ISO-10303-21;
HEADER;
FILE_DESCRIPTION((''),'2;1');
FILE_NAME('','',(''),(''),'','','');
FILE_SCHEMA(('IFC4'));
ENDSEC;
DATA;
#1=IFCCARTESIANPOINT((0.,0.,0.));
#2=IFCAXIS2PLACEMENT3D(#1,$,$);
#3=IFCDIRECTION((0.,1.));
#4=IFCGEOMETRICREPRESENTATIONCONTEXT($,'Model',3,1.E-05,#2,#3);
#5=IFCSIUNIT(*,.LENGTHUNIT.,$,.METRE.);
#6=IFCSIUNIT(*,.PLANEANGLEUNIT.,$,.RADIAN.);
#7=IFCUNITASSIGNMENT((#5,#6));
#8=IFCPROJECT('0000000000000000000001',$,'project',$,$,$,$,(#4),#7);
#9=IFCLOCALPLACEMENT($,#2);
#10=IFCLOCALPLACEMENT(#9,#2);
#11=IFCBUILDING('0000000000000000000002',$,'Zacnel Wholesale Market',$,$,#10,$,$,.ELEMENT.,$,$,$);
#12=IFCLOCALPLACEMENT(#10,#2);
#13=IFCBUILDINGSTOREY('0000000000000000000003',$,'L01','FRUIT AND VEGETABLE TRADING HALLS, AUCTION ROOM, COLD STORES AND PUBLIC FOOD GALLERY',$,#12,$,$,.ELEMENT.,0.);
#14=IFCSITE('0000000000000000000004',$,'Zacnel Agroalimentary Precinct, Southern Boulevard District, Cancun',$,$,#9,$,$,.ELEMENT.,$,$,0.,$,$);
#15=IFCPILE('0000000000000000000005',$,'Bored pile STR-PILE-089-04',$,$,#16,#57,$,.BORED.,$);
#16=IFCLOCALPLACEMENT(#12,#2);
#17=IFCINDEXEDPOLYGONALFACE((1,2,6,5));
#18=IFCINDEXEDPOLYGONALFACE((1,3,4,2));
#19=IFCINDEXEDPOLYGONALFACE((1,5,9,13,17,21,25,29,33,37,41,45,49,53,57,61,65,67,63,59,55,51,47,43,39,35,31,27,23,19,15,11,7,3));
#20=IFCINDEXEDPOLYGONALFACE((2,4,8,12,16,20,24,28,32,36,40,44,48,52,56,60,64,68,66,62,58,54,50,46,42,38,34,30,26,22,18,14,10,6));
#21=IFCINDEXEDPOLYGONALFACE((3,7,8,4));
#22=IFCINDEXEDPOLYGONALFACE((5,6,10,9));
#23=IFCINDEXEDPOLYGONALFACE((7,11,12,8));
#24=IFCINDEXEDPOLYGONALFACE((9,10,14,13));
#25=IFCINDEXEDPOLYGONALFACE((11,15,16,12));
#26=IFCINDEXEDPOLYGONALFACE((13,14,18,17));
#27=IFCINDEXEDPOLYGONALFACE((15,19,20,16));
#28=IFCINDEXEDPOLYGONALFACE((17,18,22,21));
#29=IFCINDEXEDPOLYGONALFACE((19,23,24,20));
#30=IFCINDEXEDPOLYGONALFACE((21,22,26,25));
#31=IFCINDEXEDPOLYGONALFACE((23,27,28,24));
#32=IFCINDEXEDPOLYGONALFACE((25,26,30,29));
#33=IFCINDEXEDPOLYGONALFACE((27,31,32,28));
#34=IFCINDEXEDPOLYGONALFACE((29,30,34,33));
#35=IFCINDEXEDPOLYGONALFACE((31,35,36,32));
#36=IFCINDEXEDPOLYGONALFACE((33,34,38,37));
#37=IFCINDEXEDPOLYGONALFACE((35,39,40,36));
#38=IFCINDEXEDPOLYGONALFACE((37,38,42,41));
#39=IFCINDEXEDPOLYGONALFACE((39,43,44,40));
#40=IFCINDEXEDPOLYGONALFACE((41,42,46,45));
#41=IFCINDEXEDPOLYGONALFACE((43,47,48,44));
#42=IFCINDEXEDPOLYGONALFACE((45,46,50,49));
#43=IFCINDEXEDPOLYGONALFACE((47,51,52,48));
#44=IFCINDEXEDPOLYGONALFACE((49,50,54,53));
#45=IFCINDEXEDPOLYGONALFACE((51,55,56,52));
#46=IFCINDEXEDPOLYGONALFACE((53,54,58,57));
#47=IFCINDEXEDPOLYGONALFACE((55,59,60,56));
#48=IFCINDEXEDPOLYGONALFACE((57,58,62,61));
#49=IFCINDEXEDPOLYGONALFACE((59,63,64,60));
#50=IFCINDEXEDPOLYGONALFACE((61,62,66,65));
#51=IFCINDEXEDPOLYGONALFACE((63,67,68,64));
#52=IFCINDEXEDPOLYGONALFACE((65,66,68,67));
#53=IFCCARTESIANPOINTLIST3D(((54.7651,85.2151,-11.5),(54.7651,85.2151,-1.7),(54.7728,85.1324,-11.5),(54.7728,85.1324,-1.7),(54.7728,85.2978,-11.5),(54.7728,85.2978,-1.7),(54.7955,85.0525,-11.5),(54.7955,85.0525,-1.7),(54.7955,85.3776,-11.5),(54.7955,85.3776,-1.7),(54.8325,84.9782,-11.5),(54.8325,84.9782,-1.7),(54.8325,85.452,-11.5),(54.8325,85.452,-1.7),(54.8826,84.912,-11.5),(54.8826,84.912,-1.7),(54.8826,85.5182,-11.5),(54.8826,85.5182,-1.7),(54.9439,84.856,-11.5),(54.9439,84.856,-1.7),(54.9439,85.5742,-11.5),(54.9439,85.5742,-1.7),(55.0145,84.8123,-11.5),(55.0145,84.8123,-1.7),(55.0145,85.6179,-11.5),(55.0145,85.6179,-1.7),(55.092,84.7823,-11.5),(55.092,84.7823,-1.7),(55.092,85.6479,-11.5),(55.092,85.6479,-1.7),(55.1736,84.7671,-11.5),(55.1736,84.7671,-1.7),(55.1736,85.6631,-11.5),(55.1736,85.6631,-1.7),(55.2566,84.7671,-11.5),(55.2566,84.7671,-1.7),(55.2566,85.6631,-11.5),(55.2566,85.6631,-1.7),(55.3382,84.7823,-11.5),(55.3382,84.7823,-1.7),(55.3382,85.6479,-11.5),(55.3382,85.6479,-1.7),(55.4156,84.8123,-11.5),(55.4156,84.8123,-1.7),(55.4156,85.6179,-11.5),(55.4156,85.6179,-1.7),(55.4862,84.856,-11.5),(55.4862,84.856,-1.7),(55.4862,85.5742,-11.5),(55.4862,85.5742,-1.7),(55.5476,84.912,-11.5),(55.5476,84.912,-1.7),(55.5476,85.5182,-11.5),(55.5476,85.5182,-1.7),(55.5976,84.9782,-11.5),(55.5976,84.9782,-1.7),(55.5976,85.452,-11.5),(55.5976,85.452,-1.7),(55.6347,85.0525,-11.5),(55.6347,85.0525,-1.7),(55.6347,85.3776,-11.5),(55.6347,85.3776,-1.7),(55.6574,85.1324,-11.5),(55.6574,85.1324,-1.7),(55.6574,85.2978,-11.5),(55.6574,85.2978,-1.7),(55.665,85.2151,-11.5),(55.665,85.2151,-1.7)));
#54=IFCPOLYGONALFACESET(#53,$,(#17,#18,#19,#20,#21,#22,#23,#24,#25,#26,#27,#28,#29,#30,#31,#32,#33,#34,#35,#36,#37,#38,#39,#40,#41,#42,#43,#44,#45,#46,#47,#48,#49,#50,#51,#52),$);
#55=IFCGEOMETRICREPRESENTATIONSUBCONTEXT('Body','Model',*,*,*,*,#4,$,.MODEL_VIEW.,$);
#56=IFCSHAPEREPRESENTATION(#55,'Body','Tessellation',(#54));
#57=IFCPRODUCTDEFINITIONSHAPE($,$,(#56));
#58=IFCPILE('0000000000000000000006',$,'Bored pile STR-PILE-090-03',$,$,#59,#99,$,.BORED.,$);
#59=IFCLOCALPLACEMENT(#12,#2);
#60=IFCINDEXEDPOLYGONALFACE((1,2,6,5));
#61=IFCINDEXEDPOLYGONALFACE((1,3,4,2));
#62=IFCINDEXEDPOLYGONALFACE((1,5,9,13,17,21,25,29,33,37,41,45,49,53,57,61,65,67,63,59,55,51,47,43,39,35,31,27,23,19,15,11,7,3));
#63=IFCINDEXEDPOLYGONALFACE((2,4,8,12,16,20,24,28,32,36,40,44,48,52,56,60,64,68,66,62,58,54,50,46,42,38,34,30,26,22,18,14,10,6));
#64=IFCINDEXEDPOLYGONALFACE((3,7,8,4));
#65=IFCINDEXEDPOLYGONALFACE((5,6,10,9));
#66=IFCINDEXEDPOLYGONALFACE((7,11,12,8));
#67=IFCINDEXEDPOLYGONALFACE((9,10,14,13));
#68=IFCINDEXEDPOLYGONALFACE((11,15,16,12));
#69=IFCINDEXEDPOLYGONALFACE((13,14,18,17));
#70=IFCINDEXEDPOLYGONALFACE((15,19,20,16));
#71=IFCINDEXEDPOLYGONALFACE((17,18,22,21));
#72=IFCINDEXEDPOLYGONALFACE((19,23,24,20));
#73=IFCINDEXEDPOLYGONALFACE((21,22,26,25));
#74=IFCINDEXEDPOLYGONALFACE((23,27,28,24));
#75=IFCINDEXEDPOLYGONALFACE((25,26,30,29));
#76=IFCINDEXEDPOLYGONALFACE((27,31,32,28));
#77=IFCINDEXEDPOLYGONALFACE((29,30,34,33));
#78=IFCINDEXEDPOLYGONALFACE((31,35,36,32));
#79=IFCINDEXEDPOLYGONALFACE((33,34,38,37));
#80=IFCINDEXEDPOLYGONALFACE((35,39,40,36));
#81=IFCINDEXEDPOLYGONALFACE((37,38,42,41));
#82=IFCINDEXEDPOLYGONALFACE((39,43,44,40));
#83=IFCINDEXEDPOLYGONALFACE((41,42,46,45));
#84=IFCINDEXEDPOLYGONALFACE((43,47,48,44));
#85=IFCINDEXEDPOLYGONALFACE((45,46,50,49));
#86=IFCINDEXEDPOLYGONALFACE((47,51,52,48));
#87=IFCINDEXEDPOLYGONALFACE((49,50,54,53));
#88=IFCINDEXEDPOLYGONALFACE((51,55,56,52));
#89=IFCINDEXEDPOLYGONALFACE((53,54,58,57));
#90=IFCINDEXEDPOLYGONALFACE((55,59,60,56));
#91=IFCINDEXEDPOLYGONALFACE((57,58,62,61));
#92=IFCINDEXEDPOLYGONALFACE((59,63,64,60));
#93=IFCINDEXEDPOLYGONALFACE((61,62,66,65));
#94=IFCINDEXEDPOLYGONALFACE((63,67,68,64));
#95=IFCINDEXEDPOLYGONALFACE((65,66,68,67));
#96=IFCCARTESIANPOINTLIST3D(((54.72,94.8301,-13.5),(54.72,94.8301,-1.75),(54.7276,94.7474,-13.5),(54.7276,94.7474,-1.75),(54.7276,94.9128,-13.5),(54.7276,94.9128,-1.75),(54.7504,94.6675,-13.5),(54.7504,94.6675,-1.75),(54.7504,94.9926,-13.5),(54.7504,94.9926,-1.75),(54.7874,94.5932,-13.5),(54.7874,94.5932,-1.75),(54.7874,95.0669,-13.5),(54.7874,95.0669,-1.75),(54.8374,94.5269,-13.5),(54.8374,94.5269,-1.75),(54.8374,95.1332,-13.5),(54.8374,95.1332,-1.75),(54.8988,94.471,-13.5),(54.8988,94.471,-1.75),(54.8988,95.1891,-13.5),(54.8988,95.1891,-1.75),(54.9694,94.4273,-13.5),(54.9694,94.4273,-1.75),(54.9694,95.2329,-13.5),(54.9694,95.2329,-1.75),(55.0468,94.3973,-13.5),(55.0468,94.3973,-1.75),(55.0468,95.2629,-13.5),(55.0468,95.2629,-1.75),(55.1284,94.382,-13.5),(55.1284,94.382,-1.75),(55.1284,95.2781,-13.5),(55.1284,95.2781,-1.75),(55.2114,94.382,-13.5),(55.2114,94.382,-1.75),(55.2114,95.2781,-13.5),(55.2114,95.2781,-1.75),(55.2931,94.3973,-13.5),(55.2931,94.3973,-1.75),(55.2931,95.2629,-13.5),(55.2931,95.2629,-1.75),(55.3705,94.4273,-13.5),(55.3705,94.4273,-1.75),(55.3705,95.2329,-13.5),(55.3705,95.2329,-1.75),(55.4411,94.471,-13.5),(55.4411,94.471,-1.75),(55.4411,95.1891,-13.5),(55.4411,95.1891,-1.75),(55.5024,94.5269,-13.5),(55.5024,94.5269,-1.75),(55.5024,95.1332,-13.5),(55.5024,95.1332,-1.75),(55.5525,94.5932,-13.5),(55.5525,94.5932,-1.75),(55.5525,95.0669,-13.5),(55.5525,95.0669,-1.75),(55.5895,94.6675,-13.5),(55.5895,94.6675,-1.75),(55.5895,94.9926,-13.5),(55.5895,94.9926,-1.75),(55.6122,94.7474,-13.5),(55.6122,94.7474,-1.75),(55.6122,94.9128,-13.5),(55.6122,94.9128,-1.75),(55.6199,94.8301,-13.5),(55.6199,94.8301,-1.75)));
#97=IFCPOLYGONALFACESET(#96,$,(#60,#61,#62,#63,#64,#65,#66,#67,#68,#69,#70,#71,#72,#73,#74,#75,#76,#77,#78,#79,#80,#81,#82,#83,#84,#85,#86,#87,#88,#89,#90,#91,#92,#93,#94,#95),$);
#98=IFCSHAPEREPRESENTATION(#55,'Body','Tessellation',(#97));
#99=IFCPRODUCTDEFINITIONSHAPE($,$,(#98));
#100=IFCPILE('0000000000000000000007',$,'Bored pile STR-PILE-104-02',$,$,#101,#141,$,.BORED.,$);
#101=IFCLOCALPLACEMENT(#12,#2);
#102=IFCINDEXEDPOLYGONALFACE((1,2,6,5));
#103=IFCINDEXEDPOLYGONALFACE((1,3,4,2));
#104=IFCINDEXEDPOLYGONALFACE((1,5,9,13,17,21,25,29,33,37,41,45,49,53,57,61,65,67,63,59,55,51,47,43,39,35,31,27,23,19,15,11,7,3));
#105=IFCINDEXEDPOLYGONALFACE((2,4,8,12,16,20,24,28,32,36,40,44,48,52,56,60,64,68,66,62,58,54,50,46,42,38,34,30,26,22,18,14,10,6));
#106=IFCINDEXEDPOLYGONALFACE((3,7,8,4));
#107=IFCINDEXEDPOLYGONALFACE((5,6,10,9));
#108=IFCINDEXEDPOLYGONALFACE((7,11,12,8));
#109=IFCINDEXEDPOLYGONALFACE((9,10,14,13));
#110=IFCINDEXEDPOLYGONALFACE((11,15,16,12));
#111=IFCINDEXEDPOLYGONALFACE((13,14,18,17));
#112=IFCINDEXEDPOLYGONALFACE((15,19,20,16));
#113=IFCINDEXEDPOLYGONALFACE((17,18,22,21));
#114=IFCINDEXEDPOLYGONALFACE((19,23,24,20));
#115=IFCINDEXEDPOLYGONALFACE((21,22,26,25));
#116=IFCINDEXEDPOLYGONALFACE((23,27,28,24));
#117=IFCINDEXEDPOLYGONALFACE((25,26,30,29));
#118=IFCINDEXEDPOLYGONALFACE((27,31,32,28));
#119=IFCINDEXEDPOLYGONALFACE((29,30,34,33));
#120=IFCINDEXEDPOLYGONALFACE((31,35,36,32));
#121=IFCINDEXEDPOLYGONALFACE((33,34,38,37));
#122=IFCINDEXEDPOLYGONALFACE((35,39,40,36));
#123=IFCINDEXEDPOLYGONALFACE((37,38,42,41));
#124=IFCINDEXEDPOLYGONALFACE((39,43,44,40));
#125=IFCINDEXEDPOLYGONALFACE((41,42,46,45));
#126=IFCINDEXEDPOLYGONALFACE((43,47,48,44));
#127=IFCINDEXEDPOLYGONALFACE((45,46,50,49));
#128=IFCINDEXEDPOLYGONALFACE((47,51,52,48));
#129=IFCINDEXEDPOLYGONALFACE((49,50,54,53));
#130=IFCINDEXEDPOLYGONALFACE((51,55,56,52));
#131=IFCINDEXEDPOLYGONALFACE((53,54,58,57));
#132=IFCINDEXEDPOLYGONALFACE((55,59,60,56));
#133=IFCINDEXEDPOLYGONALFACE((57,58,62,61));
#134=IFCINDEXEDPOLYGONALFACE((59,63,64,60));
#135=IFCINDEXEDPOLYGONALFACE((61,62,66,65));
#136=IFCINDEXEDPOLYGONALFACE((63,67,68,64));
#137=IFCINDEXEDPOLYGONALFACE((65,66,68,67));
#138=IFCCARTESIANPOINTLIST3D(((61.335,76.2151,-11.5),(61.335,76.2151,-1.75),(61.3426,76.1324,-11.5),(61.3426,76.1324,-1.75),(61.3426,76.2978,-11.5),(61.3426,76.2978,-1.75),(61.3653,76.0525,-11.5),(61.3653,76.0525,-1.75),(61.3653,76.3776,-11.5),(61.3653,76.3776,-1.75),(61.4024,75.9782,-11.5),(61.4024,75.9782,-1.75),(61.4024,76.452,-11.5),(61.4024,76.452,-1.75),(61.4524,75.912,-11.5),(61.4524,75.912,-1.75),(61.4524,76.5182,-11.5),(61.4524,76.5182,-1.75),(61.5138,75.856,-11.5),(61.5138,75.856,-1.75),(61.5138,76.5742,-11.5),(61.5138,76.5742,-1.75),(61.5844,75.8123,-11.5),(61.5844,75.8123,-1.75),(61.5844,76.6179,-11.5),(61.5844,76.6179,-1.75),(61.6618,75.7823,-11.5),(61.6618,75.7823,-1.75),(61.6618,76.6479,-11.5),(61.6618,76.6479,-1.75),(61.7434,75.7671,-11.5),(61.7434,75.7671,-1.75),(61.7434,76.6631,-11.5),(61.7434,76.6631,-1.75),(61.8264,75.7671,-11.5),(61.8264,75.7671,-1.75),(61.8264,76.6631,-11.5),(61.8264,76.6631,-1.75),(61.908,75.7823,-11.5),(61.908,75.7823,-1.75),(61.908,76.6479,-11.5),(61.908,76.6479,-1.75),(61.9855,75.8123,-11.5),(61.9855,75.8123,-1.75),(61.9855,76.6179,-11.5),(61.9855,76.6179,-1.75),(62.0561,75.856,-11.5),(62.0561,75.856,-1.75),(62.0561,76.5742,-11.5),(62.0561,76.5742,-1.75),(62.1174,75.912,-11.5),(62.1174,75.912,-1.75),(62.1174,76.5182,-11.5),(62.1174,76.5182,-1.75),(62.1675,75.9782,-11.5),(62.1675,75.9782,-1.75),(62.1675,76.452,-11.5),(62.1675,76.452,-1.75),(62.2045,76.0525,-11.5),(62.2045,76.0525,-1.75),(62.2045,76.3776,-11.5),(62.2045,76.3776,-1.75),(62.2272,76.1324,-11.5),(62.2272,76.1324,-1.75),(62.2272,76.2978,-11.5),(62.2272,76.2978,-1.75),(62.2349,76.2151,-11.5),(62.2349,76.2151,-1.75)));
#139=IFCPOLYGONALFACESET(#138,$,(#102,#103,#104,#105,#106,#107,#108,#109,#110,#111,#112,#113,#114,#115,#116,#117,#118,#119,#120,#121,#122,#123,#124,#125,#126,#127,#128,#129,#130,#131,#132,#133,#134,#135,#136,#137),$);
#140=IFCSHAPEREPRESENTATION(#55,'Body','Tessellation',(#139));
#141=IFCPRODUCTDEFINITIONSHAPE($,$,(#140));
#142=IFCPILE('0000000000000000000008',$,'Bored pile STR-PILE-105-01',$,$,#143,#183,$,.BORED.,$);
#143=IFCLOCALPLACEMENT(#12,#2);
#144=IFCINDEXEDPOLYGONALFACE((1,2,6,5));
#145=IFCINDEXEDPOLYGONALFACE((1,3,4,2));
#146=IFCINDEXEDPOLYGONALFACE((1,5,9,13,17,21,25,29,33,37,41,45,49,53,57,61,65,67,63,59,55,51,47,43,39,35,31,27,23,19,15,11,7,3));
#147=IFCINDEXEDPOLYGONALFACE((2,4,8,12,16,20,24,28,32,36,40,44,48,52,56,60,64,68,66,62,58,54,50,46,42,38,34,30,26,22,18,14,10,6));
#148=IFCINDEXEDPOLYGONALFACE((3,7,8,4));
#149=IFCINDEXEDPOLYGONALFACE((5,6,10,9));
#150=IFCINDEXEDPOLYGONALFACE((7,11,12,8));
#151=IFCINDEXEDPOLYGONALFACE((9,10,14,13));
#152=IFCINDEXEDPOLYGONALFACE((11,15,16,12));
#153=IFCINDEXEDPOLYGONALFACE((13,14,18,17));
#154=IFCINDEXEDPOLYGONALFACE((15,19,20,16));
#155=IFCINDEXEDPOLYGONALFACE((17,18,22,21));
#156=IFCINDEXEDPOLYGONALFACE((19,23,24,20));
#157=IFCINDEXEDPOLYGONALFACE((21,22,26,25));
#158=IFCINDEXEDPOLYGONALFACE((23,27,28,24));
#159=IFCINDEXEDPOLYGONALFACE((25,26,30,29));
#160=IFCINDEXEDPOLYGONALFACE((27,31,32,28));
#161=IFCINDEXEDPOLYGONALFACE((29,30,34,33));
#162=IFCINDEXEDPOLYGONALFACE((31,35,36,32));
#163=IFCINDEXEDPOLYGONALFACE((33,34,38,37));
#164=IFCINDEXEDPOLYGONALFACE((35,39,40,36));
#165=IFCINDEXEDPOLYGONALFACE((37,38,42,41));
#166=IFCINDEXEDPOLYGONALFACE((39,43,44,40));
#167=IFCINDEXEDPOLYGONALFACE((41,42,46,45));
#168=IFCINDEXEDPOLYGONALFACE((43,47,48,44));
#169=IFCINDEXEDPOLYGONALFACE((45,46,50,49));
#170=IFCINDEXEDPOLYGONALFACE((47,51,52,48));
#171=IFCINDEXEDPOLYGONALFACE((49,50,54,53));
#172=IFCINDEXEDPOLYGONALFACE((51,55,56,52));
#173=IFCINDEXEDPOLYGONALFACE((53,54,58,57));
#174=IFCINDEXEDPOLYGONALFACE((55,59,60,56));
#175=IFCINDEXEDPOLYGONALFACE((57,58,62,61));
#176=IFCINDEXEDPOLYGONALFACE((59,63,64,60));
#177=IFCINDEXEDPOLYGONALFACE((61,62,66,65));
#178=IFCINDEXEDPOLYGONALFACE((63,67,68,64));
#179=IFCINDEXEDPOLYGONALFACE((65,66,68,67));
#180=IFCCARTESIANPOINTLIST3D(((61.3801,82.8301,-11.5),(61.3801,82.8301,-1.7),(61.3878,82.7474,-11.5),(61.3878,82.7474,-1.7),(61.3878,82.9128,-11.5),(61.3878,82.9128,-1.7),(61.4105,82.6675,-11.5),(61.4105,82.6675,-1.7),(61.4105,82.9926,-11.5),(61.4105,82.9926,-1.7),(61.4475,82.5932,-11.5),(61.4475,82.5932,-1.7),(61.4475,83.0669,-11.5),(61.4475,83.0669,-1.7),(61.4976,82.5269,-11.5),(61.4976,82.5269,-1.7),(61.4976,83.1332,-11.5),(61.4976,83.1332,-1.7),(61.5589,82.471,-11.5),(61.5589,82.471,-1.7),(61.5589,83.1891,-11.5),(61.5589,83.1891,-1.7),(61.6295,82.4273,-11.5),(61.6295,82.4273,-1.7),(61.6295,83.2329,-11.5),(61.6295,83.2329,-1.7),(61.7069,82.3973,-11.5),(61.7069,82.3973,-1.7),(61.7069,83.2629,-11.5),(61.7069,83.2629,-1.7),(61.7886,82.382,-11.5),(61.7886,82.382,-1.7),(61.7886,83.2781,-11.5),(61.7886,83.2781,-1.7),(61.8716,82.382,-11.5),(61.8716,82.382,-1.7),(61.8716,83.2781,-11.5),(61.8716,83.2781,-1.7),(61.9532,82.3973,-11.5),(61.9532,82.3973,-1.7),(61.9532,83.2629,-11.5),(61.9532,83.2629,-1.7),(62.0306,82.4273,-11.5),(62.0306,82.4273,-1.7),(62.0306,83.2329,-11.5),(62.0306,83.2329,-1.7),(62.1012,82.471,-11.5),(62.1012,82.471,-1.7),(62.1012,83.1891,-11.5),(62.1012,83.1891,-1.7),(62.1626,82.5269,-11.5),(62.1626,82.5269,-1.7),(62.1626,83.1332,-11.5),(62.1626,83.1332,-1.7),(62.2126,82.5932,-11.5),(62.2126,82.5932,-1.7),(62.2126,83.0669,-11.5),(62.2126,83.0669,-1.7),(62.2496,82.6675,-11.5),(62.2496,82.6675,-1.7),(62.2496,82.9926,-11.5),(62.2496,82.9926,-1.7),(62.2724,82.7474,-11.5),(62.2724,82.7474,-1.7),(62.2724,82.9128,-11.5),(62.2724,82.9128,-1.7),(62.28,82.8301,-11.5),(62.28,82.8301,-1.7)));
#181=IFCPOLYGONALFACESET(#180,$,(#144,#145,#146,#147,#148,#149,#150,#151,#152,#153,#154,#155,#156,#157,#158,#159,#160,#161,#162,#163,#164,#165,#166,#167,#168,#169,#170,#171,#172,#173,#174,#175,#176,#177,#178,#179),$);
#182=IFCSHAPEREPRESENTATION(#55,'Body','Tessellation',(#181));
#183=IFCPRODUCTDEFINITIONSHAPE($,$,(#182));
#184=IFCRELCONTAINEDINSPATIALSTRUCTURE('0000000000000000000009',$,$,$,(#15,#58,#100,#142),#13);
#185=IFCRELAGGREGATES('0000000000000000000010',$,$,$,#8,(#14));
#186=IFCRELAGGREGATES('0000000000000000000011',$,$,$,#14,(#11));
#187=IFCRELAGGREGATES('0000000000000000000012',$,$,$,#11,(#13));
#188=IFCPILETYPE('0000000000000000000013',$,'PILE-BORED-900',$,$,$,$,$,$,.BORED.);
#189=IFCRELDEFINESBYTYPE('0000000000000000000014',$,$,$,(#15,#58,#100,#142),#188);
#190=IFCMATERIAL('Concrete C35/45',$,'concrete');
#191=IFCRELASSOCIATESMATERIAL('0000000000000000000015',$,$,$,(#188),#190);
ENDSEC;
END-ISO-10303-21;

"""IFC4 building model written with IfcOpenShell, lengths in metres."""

from ifc_helpers import new_model, si_unit, direction, frame, origin, origin_2d, place, context, subcontext, project, spatial, circle, extrude, material, material_profile, profile_set, type_object, element, save


model = new_model("IFC4")

# Units and contexts
model_context = context("Model", 3, precision=1e-05, world=origin(), true_north=direction((0.0, 1.0)))
body_context = subcontext(model_context, "Body", "Model", "MODEL_VIEW")
ifc_project = project(units=[si_unit("LENGTHUNIT", "METRE"), si_unit("PLANEANGLEUNIT", "RADIAN")], contexts=[model_context])

# Site, building, storey
site_placement = place(None, origin())
site = spatial("IfcSite", under=ifc_project, at=site_placement, Name="Zacnel Agroalimentary Precinct, Southern Boulevard District, Cancun", CompositionType="ELEMENT", RefElevation=0.0)
building_placement = place(site_placement, origin())
building = spatial("IfcBuilding", under=site, at=building_placement, Name="Zacnel Wholesale Market", CompositionType="ELEMENT")
storey_placement = place(building_placement, origin())
storey = spatial("IfcBuildingStorey", under=building, at=storey_placement, Name="L01", Description="FRUIT AND VEGETABLE TRADING HALLS, AUCTION ROOM, COLD STORES AND PUBLIC FOOD GALLERY", CompositionType="ELEMENT", Elevation=0.0)

# Piles
ifc_material_1 = material(Name="Concrete C35/45", Category="concrete")
ifc_material_profile_1 = material_profile(ifc_material_1, circle(Radius=0.45, at=origin_2d()), Name="BORED PILE D900")
ifc_profile_set_1 = profile_set([ifc_material_profile_1], Name="Concrete C35/45")
pile_type = type_object("IfcPileType", Name="PILE-BORED-900", PredefinedType="BORED", material=ifc_profile_set_1)
for number, where, z_axis, x_axis, name in (
    (1, (55.2151, 85.2151, -1.7), (0.0, 0.0, -1.0), (1.0, 0.0, 0.0), "Bored pile STR-PILE-089-04"),
):
    element("IfcPile", number, at=place(storey_placement, frame(where, z_axis=z_axis, x_axis=x_axis)), inside=storey, type_object=pile_type, Name=name, PredefinedType="BORED", context=body_context, shape_type="SweptSolid", body=[
        extrude(circle(Radius=0.45, at=origin_2d()), origin(), (0.0, 0.0, 1.0), 9.8),
    ])
pile_1_placement = place(storey_placement, frame((55.1699, 94.8301, -1.75), z_axis=(0.0, 0.0, -1.0), x_axis=(1.0, 0.0, 0.0)))
element("IfcPile", 2, at=pile_1_placement, inside=storey, type_object=pile_type, Name="Bored pile STR-PILE-090-03", PredefinedType="BORED", context=body_context, shape_type="SweptSolid", body=[
    extrude(circle(Radius=0.45, at=origin_2d()), origin(), (0.0, 0.0, 1.0), 11.75),
])
pile_2_placement = place(storey_placement, frame((61.7849, 76.2151, -1.75), z_axis=(0.0, 0.0, -1.0), x_axis=(1.0, 0.0, 0.0)))
element("IfcPile", 3, at=pile_2_placement, inside=storey, type_object=pile_type, Name="Bored pile STR-PILE-104-02", PredefinedType="BORED", context=body_context, shape_type="SweptSolid", body=[
    extrude(circle(Radius=0.45, at=origin_2d()), origin(), (0.0, 0.0, 1.0), 9.75),
])
pile_3_placement = place(storey_placement, frame((61.8301, 82.8301, -1.7), z_axis=(0.0, 0.0, -1.0), x_axis=(1.0, 0.0, 0.0)))
element("IfcPile", 4, at=pile_3_placement, inside=storey, type_object=pile_type, Name="Bored pile STR-PILE-105-01", PredefinedType="BORED", context=body_context, shape_type="SweptSolid", body=[
    extrude(circle(Radius=0.45, at=origin_2d()), origin(), (0.0, 0.0, 1.0), 9.8),
])

save(model, "model.ifc")
